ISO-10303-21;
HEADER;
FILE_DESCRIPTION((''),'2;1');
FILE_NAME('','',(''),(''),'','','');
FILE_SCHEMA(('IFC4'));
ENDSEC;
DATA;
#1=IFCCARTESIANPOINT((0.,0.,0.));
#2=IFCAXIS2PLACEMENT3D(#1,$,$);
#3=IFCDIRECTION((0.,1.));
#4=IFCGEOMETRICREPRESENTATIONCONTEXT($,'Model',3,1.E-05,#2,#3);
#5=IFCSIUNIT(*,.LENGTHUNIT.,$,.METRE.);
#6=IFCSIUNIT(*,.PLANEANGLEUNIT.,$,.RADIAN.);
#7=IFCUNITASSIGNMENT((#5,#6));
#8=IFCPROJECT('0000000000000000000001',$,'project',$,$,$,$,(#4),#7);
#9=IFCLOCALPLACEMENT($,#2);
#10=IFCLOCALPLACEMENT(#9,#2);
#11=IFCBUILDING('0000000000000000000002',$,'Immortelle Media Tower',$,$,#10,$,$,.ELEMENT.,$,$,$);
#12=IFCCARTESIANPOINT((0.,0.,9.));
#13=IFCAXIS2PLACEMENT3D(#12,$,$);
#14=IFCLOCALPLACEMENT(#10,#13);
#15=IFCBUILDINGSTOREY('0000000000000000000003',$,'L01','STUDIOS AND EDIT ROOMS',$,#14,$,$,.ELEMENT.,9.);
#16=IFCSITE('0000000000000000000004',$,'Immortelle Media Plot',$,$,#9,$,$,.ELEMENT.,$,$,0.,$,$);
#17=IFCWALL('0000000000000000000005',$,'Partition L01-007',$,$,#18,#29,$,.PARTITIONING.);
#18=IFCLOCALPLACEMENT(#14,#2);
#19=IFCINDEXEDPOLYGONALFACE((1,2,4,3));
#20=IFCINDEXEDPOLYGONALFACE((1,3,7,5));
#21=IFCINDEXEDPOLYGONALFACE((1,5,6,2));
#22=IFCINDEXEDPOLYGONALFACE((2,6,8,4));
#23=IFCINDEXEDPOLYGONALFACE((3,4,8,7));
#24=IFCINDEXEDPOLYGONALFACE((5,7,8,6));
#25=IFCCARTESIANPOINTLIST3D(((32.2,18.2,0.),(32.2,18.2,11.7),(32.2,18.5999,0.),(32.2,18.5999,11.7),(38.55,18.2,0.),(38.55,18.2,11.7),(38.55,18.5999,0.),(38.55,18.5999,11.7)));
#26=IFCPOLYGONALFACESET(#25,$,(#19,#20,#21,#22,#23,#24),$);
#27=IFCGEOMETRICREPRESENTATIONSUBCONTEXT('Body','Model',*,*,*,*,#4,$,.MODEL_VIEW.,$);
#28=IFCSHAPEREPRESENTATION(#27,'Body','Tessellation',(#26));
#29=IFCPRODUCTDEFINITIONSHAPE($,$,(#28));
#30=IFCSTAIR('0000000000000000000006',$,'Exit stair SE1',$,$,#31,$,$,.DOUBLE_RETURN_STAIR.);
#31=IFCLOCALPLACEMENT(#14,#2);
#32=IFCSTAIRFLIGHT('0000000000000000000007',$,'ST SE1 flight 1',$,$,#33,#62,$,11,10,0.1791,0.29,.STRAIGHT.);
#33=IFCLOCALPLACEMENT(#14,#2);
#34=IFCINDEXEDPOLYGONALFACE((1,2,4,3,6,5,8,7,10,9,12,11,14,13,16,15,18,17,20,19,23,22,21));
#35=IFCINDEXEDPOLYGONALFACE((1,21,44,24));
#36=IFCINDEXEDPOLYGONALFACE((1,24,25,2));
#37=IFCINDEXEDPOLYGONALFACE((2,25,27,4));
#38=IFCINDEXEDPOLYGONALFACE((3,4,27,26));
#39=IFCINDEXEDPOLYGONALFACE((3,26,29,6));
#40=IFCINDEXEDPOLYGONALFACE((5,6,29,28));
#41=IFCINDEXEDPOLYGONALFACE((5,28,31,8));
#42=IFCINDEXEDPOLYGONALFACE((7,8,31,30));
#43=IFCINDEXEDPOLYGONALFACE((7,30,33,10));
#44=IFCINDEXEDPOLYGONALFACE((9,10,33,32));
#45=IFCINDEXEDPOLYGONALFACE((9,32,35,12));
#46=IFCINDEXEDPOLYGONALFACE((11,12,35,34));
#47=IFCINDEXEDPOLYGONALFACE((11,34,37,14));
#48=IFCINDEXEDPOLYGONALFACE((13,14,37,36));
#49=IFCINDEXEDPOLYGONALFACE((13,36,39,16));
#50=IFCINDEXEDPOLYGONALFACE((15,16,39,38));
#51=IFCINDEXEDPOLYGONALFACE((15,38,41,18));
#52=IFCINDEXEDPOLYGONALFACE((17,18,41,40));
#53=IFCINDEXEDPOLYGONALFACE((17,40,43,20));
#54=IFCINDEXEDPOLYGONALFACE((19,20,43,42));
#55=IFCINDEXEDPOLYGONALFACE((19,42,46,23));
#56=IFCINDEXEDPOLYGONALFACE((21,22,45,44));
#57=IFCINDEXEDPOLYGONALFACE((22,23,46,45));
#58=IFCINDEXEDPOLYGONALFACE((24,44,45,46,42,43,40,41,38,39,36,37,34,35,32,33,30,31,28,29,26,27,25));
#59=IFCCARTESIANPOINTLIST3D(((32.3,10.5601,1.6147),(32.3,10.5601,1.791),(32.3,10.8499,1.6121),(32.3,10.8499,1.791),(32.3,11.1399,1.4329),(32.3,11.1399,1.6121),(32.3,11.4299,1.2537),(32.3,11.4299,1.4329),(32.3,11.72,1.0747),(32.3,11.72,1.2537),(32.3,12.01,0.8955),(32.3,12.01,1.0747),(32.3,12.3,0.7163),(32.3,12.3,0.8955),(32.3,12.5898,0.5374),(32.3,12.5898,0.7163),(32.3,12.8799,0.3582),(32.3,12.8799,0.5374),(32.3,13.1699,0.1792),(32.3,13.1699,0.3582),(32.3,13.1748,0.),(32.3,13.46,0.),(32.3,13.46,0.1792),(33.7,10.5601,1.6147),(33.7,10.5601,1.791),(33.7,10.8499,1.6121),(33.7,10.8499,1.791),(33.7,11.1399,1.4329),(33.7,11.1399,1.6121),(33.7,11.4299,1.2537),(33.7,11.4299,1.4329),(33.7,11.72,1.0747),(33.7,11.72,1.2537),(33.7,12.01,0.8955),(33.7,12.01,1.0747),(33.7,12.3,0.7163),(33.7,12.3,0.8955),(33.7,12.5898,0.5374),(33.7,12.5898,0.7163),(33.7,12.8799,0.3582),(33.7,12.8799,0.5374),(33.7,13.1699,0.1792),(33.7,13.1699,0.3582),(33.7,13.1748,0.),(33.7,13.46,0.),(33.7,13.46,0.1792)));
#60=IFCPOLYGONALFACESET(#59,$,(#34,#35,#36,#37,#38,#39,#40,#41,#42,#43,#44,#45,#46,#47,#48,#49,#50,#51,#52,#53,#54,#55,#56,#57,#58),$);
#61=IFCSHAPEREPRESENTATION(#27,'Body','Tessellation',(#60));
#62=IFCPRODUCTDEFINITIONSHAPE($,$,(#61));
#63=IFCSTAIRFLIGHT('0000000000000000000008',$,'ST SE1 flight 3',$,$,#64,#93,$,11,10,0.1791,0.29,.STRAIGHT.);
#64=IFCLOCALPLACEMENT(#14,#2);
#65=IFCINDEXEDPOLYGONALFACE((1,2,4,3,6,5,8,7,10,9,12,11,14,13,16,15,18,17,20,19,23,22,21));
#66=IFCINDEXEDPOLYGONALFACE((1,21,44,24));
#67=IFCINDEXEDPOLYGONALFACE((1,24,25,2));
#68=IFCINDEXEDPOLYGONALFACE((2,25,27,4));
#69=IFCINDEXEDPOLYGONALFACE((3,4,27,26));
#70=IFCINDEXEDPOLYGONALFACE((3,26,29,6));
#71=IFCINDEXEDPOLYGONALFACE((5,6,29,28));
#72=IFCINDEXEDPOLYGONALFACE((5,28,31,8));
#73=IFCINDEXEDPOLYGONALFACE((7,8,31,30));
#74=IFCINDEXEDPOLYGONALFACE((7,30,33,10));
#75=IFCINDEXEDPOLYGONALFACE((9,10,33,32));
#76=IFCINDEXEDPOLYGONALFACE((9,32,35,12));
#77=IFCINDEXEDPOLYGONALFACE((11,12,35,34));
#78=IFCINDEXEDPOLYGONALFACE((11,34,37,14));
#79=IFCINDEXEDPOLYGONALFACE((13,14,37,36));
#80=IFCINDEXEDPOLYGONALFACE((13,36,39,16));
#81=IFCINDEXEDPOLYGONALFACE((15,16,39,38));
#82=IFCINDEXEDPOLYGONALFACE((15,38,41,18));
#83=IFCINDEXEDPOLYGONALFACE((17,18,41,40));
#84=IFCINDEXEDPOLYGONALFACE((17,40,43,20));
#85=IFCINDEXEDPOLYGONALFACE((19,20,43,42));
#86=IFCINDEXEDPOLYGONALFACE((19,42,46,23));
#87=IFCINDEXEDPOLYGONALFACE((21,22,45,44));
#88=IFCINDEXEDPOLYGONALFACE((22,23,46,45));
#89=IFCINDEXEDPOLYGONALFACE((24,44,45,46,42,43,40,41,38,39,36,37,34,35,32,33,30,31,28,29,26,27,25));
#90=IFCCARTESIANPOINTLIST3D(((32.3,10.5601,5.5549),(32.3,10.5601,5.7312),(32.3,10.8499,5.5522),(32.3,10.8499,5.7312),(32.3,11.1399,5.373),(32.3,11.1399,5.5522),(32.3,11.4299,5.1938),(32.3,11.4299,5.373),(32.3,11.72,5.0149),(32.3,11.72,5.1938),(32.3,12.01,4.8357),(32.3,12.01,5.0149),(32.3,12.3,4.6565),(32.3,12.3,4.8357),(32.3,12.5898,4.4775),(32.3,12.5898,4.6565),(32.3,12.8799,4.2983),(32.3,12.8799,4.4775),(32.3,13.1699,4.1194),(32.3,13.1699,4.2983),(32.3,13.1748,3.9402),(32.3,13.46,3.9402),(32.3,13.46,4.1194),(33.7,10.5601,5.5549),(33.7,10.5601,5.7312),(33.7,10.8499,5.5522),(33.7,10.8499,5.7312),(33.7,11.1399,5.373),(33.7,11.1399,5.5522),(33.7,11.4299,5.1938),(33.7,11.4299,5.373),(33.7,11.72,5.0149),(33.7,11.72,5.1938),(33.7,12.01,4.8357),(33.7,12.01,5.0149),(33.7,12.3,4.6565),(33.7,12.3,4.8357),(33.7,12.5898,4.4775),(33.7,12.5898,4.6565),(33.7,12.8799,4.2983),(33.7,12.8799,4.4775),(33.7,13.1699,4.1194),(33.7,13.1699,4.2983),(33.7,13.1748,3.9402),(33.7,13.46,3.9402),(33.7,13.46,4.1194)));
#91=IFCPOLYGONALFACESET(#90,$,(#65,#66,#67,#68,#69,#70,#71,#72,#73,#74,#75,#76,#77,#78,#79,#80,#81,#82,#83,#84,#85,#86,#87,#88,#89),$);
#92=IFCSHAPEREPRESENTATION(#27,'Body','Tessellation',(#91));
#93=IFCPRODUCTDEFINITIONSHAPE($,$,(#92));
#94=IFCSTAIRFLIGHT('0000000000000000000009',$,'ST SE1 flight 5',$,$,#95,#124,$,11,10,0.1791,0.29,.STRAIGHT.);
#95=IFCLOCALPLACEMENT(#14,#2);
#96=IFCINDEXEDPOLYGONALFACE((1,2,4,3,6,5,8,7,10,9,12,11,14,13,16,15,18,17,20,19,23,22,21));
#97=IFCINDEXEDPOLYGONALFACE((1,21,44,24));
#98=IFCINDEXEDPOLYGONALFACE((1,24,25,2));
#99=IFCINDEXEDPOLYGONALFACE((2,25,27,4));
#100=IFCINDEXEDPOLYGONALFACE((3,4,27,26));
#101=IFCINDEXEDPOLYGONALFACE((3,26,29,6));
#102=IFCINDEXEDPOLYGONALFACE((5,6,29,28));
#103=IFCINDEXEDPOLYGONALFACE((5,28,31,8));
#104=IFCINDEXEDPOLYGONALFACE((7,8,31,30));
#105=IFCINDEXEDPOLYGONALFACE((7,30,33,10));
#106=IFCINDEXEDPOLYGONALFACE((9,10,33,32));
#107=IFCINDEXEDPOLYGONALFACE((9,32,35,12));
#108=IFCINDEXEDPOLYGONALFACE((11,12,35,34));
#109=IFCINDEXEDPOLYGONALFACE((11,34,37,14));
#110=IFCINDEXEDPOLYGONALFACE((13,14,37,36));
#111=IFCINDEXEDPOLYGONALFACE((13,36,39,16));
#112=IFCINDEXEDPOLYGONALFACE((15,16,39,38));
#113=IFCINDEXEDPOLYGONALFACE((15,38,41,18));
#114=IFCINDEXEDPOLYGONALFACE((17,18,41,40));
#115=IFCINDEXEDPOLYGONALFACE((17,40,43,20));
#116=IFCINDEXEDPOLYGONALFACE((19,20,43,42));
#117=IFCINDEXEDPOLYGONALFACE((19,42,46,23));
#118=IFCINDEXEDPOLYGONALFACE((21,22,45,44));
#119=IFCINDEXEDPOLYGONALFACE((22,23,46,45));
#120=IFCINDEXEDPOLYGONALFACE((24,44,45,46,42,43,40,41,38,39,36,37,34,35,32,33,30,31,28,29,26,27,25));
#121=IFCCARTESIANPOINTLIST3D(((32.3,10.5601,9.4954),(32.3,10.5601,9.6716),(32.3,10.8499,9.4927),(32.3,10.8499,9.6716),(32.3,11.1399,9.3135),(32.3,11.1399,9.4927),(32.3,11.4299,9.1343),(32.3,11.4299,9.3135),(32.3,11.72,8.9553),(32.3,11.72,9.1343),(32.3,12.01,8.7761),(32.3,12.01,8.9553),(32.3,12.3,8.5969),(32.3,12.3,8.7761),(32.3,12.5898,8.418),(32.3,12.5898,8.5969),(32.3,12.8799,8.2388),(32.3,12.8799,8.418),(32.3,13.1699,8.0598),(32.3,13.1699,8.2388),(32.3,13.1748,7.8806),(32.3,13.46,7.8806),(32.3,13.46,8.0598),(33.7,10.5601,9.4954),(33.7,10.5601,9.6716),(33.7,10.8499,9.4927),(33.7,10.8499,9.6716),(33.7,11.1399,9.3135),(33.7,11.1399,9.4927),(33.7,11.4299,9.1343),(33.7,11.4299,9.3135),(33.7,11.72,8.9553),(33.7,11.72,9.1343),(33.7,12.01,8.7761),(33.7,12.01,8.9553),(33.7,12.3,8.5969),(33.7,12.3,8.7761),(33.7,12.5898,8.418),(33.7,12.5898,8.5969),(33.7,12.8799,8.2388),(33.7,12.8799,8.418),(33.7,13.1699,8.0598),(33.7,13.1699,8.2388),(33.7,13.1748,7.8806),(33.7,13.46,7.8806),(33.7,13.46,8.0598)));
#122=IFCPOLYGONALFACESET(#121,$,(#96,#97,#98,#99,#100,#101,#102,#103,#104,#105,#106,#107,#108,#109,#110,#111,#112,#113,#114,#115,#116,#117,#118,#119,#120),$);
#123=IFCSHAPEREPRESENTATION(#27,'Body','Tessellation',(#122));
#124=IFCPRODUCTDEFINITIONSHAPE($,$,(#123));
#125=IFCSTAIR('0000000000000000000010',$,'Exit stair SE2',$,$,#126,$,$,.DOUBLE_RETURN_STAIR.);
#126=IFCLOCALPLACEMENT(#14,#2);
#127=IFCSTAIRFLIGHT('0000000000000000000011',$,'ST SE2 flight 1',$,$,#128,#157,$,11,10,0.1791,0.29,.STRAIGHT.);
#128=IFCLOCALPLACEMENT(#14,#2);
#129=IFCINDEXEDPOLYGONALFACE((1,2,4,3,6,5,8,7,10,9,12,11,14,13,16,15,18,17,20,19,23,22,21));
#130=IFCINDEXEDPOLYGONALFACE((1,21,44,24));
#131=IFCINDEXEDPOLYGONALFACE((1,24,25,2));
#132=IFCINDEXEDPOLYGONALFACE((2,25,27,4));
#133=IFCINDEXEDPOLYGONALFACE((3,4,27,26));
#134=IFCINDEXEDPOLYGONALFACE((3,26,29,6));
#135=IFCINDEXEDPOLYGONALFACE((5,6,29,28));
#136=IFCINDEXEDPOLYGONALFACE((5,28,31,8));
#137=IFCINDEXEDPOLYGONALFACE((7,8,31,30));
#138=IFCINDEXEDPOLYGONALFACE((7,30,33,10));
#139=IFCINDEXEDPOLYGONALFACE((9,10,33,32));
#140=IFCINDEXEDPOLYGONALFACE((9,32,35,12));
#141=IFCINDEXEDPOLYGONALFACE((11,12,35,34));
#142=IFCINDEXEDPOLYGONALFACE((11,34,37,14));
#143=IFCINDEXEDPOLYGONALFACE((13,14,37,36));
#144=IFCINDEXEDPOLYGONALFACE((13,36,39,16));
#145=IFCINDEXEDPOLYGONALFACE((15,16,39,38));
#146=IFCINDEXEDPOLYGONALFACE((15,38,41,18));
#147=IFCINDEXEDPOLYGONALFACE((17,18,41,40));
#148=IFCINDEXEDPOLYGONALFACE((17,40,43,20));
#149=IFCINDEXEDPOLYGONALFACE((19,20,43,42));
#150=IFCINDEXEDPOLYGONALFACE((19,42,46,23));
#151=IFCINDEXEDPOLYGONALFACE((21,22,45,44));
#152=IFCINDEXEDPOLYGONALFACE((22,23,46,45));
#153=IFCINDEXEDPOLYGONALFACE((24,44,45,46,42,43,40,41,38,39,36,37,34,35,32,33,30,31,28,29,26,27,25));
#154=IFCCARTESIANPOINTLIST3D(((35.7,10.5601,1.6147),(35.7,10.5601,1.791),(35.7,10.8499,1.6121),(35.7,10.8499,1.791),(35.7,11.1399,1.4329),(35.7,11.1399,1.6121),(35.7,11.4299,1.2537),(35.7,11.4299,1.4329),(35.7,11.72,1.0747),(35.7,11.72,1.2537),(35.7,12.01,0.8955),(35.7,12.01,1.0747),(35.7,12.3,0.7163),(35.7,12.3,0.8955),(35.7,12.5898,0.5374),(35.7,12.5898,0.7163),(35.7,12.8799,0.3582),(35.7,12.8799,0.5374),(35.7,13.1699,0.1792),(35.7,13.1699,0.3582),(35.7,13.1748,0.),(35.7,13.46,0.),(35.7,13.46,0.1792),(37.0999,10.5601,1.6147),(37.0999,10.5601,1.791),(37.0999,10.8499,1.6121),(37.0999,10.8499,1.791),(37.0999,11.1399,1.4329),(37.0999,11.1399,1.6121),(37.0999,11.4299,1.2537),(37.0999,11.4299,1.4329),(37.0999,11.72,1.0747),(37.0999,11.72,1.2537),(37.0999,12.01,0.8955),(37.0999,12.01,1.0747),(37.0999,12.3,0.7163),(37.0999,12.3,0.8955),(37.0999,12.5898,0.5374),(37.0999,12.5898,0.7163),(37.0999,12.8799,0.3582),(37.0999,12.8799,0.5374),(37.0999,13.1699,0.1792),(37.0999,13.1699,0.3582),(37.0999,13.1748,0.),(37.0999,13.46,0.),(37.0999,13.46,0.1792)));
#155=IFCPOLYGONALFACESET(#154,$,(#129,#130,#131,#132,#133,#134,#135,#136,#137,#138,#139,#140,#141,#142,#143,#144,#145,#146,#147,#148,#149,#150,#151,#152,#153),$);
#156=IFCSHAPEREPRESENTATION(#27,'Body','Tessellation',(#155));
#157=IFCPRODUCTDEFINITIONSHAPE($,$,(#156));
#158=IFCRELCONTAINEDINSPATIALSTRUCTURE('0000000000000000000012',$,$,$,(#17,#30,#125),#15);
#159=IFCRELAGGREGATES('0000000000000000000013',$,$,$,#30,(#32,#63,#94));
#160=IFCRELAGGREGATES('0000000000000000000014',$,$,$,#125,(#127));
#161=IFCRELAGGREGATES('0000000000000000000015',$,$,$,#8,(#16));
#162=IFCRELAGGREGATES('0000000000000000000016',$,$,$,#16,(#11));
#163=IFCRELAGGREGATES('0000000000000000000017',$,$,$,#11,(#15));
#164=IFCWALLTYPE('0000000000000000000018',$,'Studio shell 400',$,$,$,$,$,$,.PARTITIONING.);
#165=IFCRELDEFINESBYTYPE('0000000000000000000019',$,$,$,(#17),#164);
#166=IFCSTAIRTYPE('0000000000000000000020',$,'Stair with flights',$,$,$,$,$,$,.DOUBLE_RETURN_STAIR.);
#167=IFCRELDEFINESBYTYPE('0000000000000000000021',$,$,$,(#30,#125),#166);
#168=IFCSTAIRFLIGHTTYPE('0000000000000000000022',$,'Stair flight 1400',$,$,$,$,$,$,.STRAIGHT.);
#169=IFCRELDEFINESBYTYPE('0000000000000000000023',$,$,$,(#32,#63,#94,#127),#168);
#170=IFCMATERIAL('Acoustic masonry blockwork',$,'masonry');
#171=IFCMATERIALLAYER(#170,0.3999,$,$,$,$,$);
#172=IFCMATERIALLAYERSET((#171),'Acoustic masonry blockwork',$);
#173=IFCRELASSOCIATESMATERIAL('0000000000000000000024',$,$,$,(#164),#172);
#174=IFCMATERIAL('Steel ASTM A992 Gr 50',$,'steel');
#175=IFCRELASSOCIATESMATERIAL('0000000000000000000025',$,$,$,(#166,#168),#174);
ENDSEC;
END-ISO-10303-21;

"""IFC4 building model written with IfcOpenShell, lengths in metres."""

from ifc_helpers import new_model, si_unit, direction, frame, frame_2d, origin, place, context, subcontext, project, spatial, polyline, rectangle, outline, extrude, material, layer, layer_set, type_object, element, aggregate, save


model = new_model("IFC4")

# Units and contexts
model_context = context("Model", 3, precision=1e-05, world=origin(), true_north=direction((0.0, 1.0)))
body_context = subcontext(model_context, "Body", "Model", "MODEL_VIEW")
ifc_project = project(units=[si_unit("LENGTHUNIT", "METRE"), si_unit("PLANEANGLEUNIT", "RADIAN")], contexts=[model_context])

# Site, building, storey
site_placement = place(None, origin())
site = spatial("IfcSite", under=ifc_project, at=site_placement, Name="Immortelle Media Plot", CompositionType="ELEMENT", RefElevation=0.0)
building_placement = place(site_placement, origin())
building = spatial("IfcBuilding", under=site, at=building_placement, Name="Immortelle Media Tower", CompositionType="ELEMENT")
storey_placement = place(building_placement, frame((0.0, 0.0, 9.0)))
storey = spatial("IfcBuildingStorey", under=building, at=storey_placement, Name="L01", Description="STUDIOS AND EDIT ROOMS", CompositionType="ELEMENT", Elevation=9.0)

# Shared definitions
ifc_material_1 = material(Name="Steel ASTM A992 Gr 50", Category="steel")

# Wall
ifc_material_2 = material(Name="Acoustic masonry blockwork", Category="masonry")
ifc_layer_1 = layer(ifc_material_2, 0.3999)
ifc_layer_set_1 = layer_set([ifc_layer_1], Name="Acoustic masonry blockwork")
wall_type = type_object("IfcWallType", Name="Studio shell 400", PredefinedType="PARTITIONING", material=ifc_layer_set_1)
wall_1_placement = place(storey_placement, frame((32.2, 18.3999, 0.0), z_axis=(0.0, 0.0, 1.0), x_axis=(1.0, 0.0, 0.0)))
element("IfcWall", 1, at=wall_1_placement, inside=storey, type_object=wall_type, Name="Partition L01-007", PredefinedType="PARTITIONING", context=body_context, shape_type="SweptSolid", body=[
    extrude(rectangle(XDim=6.3501, YDim=0.3999, at=frame_2d((3.175, 0.0))), origin(), (0.0, 0.0, 1.0), 11.7),
])

# Stairs, stair flights
stair_type = type_object("IfcStairType", Name="Stair with flights", PredefinedType="DOUBLE_RETURN_STAIR", material=ifc_material_1)
stair_1_placement = place(storey_placement, origin())
stair_1 = element("IfcStair", 2, at=stair_1_placement, inside=storey, type_object=stair_type, Name="Exit stair SE1", PredefinedType="DOUBLE_RETURN_STAIR")
stair_flight_type = type_object("IfcStairFlightType", Name="Stair flight 1400", PredefinedType="STRAIGHT", material=ifc_material_1)
stair_flight_1_placement = place(storey_placement, frame((33.0, 13.46, 0.0), z_axis=(0.0, 0.0, 1.0), x_axis=(0.0, -1.0, 0.0)))
stair_flight_1 = element("IfcStairFlight", 3, at=stair_flight_1_placement, type_object=stair_flight_type, Name="ST SE1 flight 1", NumberOfRisers=11, NumberOfTreads=10, PredefinedType="STRAIGHT", RiserHeight=0.1791, TreadLength=0.29, context=body_context, shape_type="SweptSolid", body=[
    extrude(outline(polyline([(0.0, 0.0), (0.0, 0.1792), (0.29, 0.1792), (0.29, 0.3582), (0.5801, 0.3582), (0.5801, 0.5374), (0.8701, 0.5374), (0.8701, 0.7163), (1.1599, 0.7163), (1.1599, 0.8955), (1.45, 0.8955), (1.45, 1.0747), (1.74, 1.0747), (1.74, 1.2537), (2.03, 1.2537), (2.03, 1.4329), (2.3201, 1.4329), (2.3201, 1.6121), (2.6101, 1.6121), (2.6101, 1.791), (2.8999, 1.791), (2.8999, 1.9702), (2.8999, 1.6147), (0.2852, 0.0), (0.0, 0.0)])), frame((0.0, 0.7, 0.0), z_axis=(0.0, -1.0, 0.0), x_axis=(1.0, 0.0, 0.0)), (0.0, 0.0, 1.0), 1.3999),
])
stair_flight_2_placement = place(storey_placement, frame((33.0, 13.46, 3.9402), z_axis=(0.0, 0.0, 1.0), x_axis=(0.0, -1.0, 0.0)))
stair_flight_2 = element("IfcStairFlight", 4, at=stair_flight_2_placement, type_object=stair_flight_type, Name="ST SE1 flight 3", NumberOfRisers=11, NumberOfTreads=10, PredefinedType="STRAIGHT", RiserHeight=0.1791, TreadLength=0.29, context=body_context, shape_type="SweptSolid", body=[
    extrude(outline(polyline([(0.0, 0.0), (0.0, 0.1792), (0.29, 0.1792), (0.29, 0.3582), (0.5801, 0.3582), (0.5801, 0.5374), (0.8701, 0.5374), (0.8701, 0.7163), (1.1599, 0.7163), (1.1599, 0.8955), (1.45, 0.8955), (1.45, 1.0747), (1.74, 1.0747), (1.74, 1.2537), (2.03, 1.2537), (2.03, 1.4329), (2.3201, 1.4329), (2.3201, 1.6121), (2.6101, 1.6121), (2.6101, 1.791), (2.8999, 1.791), (2.8999, 1.9702), (2.8999, 1.6147), (0.2852, 0.0), (0.0, 0.0)])), frame((0.0, 0.7, 0.0), z_axis=(0.0, -1.0, 0.0), x_axis=(1.0, 0.0, 0.0)), (0.0, 0.0, 1.0), 1.3999),
])
stair_flight_3_placement = place(storey_placement, frame((33.0, 13.46, 7.8806), z_axis=(0.0, 0.0, 1.0), x_axis=(0.0, -1.0, 0.0)))
stair_flight_3 = element("IfcStairFlight", 5, at=stair_flight_3_placement, type_object=stair_flight_type, Name="ST SE1 flight 5", NumberOfRisers=11, NumberOfTreads=10, PredefinedType="STRAIGHT", RiserHeight=0.1791, TreadLength=0.29, context=body_context, shape_type="SweptSolid", body=[
    extrude(outline(polyline([(0.0, 0.0), (0.0, 0.1792), (0.29, 0.1792), (0.29, 0.3582), (0.5801, 0.3582), (0.5801, 0.5374), (0.8701, 0.5374), (0.8701, 0.7163), (1.1599, 0.7163), (1.1599, 0.8955), (1.45, 0.8955), (1.45, 1.0747), (1.74, 1.0747), (1.74, 1.2537), (2.03, 1.2537), (2.03, 1.4329), (2.3201, 1.4329), (2.3201, 1.6121), (2.6101, 1.6121), (2.6101, 1.791), (2.8999, 1.791), (2.8999, 1.9702), (2.8999, 1.6147), (0.2852, 0.0), (0.0, 0.0)])), frame((0.0, 0.7, 0.0), z_axis=(0.0, -1.0, 0.0), x_axis=(1.0, 0.0, 0.0)), (0.0, 0.0, 1.0), 1.3999),
])
aggregate(stair_1, [stair_flight_1, stair_flight_2, stair_flight_3])
stair_2_placement = place(storey_placement, origin())
stair_2 = element("IfcStair", 6, at=stair_2_placement, inside=storey, type_object=stair_type, Name="Exit stair SE2", PredefinedType="DOUBLE_RETURN_STAIR")
stair_flight_4_placement = place(storey_placement, frame((36.3999, 13.46, 0.0), z_axis=(0.0, 0.0, 1.0), x_axis=(0.0, -1.0, 0.0)))
stair_flight_4 = element("IfcStairFlight", 7, at=stair_flight_4_placement, type_object=stair_flight_type, Name="ST SE2 flight 1", NumberOfRisers=11, NumberOfTreads=10, PredefinedType="STRAIGHT", RiserHeight=0.1791, TreadLength=0.29, context=body_context, shape_type="SweptSolid", body=[
    extrude(outline(polyline([(0.0, 0.0), (0.0, 0.1792), (0.29, 0.1792), (0.29, 0.3582), (0.5801, 0.3582), (0.5801, 0.5374), (0.8701, 0.5374), (0.8701, 0.7163), (1.1599, 0.7163), (1.1599, 0.8955), (1.45, 0.8955), (1.45, 1.0747), (1.74, 1.0747), (1.74, 1.2537), (2.03, 1.2537), (2.03, 1.4329), (2.3201, 1.4329), (2.3201, 1.6121), (2.6101, 1.6121), (2.6101, 1.791), (2.8999, 1.791), (2.8999, 1.9702), (2.8999, 1.6147), (0.2852, 0.0), (0.0, 0.0)])), frame((0.0, 0.7, 0.0), z_axis=(0.0, -1.0, 0.0), x_axis=(1.0, 0.0, 0.0)), (0.0, 0.0, 1.0), 1.3999),
])
aggregate(stair_2, [stair_flight_4])

save(model, "model.ifc")
